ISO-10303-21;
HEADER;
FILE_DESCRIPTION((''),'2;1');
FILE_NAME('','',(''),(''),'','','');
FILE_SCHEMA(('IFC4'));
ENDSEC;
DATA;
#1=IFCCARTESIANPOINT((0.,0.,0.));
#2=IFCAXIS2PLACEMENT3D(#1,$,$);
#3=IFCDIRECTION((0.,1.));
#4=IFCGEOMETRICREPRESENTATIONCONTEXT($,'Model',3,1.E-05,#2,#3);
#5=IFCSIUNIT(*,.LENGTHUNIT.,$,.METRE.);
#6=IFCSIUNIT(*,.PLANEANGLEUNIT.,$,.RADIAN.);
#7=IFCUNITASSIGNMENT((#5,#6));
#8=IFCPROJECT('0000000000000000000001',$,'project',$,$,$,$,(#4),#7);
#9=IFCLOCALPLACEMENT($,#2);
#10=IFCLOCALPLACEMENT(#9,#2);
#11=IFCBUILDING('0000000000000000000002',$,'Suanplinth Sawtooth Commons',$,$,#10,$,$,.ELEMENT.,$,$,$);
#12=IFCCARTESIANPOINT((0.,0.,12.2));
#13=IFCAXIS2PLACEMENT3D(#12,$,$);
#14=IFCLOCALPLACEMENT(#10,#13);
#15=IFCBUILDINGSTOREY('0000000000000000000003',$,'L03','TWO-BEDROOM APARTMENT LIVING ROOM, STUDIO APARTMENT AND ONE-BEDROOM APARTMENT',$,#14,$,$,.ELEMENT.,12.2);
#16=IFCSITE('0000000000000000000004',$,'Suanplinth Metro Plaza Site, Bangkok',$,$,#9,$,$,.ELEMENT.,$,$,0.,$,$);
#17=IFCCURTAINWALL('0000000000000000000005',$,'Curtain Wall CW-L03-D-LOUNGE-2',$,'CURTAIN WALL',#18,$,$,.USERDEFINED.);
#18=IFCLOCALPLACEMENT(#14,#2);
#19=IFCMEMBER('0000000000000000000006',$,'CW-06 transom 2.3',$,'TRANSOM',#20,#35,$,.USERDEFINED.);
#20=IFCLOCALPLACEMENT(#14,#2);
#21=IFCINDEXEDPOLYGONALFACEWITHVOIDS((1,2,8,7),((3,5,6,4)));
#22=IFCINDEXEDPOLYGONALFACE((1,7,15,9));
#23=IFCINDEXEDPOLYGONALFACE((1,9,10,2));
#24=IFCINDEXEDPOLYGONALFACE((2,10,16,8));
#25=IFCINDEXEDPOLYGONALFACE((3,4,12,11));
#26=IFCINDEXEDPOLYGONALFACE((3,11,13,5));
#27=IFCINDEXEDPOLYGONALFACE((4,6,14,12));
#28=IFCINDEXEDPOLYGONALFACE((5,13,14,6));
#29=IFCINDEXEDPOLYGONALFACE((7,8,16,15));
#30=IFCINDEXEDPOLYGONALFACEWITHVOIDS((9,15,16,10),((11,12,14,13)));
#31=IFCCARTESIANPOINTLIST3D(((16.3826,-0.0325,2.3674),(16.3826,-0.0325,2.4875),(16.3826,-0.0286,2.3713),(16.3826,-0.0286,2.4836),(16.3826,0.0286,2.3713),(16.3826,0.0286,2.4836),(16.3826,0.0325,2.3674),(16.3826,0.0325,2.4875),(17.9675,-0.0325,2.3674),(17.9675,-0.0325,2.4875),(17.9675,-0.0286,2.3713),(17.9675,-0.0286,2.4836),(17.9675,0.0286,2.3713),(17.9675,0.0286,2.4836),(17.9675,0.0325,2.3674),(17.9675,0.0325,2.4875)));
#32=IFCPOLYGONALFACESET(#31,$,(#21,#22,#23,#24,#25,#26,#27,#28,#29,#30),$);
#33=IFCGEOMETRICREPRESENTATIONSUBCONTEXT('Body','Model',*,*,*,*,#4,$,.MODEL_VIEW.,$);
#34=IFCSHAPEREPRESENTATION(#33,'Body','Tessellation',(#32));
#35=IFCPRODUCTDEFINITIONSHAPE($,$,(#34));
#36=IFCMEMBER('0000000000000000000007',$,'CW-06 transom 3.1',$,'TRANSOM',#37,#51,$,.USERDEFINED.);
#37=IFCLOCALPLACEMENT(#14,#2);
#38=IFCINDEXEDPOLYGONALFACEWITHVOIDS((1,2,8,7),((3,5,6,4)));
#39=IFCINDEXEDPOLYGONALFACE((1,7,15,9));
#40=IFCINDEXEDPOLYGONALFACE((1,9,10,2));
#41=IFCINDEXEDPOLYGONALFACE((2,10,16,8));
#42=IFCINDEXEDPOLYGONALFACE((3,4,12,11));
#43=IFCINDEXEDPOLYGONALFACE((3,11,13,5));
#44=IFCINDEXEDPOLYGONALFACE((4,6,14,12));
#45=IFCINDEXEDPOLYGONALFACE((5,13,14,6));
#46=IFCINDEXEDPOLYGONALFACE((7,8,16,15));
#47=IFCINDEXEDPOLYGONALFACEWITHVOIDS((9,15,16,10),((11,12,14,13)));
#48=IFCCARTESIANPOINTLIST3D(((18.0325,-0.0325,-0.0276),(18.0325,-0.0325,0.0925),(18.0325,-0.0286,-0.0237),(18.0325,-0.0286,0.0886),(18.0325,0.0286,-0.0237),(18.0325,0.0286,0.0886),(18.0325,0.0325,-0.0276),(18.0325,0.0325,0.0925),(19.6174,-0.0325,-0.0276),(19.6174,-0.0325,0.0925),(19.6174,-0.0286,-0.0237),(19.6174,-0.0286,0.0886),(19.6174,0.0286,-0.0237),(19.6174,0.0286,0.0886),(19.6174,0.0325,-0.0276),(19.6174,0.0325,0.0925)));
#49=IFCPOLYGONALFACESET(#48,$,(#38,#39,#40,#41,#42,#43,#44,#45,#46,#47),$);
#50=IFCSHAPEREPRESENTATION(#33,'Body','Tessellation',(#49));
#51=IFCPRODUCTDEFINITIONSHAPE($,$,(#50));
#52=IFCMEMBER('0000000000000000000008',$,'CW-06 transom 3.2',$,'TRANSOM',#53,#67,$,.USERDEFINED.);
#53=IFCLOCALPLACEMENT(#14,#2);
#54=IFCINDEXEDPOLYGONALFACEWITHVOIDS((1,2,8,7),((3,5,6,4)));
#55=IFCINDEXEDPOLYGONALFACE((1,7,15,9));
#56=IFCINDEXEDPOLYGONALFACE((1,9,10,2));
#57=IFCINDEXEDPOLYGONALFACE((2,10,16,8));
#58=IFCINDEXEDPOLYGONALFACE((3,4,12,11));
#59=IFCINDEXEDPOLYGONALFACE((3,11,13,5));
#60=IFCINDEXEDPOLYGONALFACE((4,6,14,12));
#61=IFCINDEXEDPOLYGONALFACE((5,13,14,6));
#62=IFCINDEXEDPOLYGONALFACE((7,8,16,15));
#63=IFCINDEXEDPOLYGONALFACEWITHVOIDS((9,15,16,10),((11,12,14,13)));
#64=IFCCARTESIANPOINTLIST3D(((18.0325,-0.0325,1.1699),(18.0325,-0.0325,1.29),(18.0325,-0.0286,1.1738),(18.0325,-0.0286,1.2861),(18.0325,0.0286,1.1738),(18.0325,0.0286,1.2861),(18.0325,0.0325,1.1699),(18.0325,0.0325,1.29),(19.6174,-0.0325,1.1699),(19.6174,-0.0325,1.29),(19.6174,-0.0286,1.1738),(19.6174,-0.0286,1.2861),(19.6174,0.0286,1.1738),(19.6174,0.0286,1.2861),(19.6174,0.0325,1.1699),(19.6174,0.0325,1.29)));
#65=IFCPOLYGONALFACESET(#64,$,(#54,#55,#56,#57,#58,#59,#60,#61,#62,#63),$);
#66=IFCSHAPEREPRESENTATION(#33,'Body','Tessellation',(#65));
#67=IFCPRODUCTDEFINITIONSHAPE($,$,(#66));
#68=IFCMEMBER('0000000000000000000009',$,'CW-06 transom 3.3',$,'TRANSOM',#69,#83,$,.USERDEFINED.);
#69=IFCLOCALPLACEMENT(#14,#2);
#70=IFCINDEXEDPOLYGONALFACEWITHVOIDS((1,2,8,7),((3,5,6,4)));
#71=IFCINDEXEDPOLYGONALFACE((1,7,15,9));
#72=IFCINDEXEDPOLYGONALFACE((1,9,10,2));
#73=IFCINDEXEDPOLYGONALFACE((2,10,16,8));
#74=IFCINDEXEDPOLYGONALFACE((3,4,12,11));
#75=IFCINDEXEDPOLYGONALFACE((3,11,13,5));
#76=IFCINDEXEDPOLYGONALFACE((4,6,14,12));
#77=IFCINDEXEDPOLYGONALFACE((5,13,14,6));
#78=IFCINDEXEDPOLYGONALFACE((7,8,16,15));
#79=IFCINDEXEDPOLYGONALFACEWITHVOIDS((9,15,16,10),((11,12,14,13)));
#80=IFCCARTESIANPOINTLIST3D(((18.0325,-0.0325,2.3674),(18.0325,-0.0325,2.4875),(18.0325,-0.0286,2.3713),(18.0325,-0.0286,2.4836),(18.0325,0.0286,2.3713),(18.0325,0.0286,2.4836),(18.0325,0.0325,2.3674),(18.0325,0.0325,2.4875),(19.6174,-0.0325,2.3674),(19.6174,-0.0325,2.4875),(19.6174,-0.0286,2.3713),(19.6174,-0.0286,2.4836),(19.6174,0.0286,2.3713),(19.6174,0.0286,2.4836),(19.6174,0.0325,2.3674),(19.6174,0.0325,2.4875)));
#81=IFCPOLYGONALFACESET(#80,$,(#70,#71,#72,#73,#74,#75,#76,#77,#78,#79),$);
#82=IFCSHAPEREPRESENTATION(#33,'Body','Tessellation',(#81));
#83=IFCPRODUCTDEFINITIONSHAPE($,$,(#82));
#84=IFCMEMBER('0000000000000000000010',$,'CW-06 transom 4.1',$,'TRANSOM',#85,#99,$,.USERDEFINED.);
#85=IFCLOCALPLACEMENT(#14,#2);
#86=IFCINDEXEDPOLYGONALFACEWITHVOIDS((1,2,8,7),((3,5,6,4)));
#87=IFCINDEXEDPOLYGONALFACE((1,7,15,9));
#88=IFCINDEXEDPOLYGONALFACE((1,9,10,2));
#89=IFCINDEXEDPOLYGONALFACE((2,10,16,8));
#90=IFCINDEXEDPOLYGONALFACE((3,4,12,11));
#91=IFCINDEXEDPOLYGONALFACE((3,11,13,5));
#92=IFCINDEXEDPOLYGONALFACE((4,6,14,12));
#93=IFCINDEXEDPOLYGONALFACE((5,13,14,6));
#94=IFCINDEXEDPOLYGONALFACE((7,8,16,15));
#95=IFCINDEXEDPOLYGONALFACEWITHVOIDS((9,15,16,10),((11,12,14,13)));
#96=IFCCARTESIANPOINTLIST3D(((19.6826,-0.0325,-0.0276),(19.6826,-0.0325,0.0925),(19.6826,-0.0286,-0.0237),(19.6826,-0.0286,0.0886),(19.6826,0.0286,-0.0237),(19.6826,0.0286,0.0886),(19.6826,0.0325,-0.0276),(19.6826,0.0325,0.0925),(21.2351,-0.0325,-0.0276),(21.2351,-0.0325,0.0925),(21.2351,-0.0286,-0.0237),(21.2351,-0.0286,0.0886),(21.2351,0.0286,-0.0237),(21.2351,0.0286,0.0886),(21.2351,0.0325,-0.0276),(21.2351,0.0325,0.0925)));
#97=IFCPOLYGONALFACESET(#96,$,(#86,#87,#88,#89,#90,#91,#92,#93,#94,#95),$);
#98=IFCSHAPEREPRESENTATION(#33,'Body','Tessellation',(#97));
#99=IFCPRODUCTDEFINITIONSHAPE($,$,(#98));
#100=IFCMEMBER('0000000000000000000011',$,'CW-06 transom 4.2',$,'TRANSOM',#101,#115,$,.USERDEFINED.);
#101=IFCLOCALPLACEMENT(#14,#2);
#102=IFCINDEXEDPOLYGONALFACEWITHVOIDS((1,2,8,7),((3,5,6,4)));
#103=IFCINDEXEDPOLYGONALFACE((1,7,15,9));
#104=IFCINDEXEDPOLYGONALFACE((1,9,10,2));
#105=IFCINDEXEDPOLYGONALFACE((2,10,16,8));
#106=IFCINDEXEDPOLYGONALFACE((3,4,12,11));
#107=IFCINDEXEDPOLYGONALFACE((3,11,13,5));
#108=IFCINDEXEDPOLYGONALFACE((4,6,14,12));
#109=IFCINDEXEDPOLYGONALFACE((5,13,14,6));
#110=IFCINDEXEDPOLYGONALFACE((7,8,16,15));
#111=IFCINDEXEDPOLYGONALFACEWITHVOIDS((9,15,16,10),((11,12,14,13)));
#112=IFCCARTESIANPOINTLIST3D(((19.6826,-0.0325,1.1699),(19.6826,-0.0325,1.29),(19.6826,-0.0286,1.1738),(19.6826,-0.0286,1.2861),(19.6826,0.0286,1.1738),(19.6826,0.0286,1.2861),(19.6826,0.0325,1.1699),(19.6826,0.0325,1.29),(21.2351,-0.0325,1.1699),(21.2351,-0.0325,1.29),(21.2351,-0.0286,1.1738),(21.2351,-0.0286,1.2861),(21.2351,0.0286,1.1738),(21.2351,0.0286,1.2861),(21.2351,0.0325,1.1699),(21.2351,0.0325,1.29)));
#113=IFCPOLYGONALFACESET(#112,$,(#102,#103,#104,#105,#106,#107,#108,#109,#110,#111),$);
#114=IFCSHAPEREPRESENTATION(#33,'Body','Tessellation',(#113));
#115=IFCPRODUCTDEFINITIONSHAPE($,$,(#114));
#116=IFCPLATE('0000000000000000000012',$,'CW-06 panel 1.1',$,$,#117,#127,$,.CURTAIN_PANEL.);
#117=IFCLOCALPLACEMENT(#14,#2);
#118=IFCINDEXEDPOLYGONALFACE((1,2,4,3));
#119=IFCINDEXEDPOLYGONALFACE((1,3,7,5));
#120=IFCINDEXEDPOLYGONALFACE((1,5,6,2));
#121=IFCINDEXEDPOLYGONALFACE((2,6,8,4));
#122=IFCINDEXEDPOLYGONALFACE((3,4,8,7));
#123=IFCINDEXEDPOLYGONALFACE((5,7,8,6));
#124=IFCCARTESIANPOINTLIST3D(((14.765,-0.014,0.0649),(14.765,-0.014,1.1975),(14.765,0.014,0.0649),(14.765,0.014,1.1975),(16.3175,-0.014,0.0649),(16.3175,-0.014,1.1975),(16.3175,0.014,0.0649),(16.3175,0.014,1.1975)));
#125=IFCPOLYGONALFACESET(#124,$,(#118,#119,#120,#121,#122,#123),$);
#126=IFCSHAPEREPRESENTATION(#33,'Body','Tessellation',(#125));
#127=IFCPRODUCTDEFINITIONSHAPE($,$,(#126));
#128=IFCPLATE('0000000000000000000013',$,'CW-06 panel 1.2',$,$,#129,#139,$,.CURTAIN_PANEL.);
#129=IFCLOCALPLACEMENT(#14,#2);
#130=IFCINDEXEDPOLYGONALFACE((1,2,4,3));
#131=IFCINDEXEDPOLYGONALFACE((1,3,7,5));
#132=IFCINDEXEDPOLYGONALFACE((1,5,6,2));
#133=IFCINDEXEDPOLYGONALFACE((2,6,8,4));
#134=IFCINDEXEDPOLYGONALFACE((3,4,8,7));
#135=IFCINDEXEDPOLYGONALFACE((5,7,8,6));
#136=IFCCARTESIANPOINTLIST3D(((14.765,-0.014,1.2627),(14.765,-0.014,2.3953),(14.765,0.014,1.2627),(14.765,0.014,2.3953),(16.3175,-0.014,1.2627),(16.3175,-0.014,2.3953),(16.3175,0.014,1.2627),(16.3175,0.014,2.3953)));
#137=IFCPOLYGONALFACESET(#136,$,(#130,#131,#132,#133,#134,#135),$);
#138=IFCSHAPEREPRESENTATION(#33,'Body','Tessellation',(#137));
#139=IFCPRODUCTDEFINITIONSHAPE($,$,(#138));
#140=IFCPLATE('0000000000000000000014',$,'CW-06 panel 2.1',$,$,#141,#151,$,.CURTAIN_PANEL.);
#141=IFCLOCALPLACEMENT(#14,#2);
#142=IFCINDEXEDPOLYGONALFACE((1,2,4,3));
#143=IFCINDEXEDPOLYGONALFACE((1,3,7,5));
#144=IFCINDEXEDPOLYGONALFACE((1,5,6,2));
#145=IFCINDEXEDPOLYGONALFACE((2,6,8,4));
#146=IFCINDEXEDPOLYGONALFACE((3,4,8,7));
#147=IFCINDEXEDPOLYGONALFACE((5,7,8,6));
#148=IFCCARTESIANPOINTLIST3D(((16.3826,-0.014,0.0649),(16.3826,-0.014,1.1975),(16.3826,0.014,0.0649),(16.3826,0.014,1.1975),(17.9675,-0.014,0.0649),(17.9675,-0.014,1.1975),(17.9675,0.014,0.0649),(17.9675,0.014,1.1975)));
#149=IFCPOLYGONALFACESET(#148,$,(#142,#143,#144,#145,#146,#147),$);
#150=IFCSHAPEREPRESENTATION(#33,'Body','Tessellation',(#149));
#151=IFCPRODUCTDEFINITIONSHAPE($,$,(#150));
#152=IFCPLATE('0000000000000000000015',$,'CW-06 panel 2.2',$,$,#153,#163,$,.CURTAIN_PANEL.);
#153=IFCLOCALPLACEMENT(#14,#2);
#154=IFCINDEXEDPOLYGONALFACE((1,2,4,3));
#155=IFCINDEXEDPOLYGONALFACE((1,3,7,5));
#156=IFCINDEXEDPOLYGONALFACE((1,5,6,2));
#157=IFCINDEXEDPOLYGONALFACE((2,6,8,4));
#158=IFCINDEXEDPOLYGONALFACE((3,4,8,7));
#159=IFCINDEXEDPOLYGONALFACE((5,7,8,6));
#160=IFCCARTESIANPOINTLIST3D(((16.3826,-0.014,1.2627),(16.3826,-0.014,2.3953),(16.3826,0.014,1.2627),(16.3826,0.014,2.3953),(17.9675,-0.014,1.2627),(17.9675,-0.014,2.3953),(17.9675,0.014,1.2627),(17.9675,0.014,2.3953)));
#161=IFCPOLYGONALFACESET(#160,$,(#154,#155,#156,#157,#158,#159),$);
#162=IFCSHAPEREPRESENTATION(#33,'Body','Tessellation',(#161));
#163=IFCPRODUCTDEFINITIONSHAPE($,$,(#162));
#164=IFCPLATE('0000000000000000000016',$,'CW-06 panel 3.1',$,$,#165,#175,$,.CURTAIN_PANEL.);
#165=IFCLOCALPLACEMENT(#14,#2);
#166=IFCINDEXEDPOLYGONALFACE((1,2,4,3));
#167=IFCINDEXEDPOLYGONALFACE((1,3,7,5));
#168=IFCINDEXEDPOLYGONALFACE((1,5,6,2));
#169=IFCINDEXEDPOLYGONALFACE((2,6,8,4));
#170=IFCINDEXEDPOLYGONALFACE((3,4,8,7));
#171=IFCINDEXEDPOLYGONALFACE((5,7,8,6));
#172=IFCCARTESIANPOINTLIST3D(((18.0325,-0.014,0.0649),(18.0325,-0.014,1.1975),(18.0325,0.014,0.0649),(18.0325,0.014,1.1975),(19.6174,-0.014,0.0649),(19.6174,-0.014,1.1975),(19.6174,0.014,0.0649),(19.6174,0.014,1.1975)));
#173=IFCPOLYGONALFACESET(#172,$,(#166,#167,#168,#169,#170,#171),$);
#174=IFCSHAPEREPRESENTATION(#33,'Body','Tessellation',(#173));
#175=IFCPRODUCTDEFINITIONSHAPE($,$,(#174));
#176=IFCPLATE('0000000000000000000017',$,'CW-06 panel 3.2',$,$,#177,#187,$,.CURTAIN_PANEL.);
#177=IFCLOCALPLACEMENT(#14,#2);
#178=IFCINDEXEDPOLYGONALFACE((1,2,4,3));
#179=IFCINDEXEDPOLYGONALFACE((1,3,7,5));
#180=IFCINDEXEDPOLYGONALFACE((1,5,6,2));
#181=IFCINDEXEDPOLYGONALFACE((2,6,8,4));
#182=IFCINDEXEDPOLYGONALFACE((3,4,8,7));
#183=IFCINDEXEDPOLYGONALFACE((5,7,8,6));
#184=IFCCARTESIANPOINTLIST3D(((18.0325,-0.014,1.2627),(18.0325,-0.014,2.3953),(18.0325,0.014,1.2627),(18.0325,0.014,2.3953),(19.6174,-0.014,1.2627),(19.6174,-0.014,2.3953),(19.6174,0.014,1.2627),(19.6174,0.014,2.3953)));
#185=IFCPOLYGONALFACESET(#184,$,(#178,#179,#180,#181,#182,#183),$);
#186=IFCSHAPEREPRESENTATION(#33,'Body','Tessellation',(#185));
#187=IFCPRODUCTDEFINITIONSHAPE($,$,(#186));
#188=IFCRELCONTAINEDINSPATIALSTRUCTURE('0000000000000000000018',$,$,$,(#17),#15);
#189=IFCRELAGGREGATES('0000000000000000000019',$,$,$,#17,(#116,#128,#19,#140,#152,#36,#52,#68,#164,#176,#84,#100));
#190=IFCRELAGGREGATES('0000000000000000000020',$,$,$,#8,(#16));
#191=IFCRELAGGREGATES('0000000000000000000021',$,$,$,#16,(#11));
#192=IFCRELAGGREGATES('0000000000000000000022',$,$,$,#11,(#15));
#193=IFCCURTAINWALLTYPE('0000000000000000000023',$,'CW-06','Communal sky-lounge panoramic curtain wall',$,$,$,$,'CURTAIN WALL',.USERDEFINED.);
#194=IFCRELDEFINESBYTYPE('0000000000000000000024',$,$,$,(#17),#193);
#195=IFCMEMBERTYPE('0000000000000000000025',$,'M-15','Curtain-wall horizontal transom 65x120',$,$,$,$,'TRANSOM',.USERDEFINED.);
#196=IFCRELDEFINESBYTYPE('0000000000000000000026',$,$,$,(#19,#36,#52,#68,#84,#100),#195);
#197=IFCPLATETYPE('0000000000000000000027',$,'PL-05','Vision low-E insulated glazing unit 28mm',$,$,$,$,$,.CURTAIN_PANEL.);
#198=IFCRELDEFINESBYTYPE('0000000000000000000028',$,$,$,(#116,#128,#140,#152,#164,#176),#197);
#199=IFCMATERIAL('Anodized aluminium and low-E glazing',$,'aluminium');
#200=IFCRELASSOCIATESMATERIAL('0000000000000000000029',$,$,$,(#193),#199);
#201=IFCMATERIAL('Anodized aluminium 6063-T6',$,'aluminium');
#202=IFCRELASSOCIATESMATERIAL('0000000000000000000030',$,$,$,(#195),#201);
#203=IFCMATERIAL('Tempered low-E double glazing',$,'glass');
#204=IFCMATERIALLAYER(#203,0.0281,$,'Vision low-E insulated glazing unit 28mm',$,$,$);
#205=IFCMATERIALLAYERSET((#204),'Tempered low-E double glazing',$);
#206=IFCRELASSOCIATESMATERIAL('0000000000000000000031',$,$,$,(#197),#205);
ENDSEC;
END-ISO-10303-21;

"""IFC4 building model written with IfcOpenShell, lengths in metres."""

from ifc_helpers import new_model, si_unit, direction, frame, origin, origin_2d, place, context, subcontext, project, spatial, rectangle, hollow_rectangle, extrude, material, layer, layer_set, material_profile, profile_set, type_object, element, aggregate, save


model = new_model("IFC4")

# Units and contexts
model_context = context("Model", 3, precision=1e-05, world=origin(), true_north=direction((0.0, 1.0)))
body_context = subcontext(model_context, "Body", "Model", "MODEL_VIEW")
ifc_project = project(units=[si_unit("LENGTHUNIT", "METRE"), si_unit("PLANEANGLEUNIT", "RADIAN")], contexts=[model_context])

# Site, building, storey
site_placement = place(None, origin())
site = spatial("IfcSite", under=ifc_project, at=site_placement, Name="Suanplinth Metro Plaza Site, Bangkok", CompositionType="ELEMENT", RefElevation=0.0)
building_placement = place(site_placement, origin())
building = spatial("IfcBuilding", under=site, at=building_placement, Name="Suanplinth Sawtooth Commons", CompositionType="ELEMENT")
storey_placement = place(building_placement, frame((0.0, 0.0, 12.2)))
storey = spatial("IfcBuildingStorey", under=building, at=storey_placement, Name="L03", Description="TWO-BEDROOM APARTMENT LIVING ROOM, STUDIO APARTMENT AND ONE-BEDROOM APARTMENT", CompositionType="ELEMENT", Elevation=12.2)

# Curtain wall, members, plates
ifc_material_1 = material(Name="Anodized aluminium and low-E glazing", Category="aluminium")
curtain_wall_type = type_object("IfcCurtainWallType", Name="CW-06", Description="Communal sky-lounge panoramic curtain wall", ElementType="CURTAIN WALL", PredefinedType="USERDEFINED", material=ifc_material_1)
curtain_wall_placement = place(storey_placement, origin())
curtain_wall = element("IfcCurtainWall", 1, at=curtain_wall_placement, inside=storey, type_object=curtain_wall_type, Name="Curtain Wall CW-L03-D-LOUNGE-2", ObjectType="CURTAIN WALL", PredefinedType="USERDEFINED")
ifc_material_2 = material(Name="Anodized aluminium 6063-T6", Category="aluminium")
ifc_material_profile_1 = material_profile(ifc_material_2, hollow_rectangle(XDim=0.0649, YDim=0.1201, WallThickness=0.0039, at=origin_2d()), Name="ALU-TRN 65x120")
ifc_profile_set_1 = profile_set([ifc_material_profile_1], Name="Anodized aluminium 6063-T6")
member_type_1 = type_object("IfcMemberType", Name="M-15", Description="Curtain-wall horizontal transom 65x120", ElementType="TRANSOM", PredefinedType="USERDEFINED", material=ifc_profile_set_1)
member_1_placement = place(storey_placement, frame((16.3826, 0.0, 2.4275), z_axis=(1.0, 0.0, 0.0), x_axis=(0.0, 1.0, 0.0)))
member_1 = element("IfcMember", 2, at=member_1_placement, type_object=member_type_1, Name="CW-06 transom 2.3", ObjectType="TRANSOM", PredefinedType="USERDEFINED", context=body_context, shape_type="SweptSolid", body=[
    extrude(hollow_rectangle(XDim=0.0649, YDim=0.1201, WallThickness=0.0039, at=origin_2d()), origin(), (0.0, 0.0, 1.0), 1.585),
])
member_2_placement = place(storey_placement, frame((18.0325, 0.0, 0.0325), z_axis=(1.0, 0.0, 0.0), x_axis=(0.0, 1.0, 0.0)))
member_2 = element("IfcMember", 3, at=member_2_placement, type_object=member_type_1, Name="CW-06 transom 3.1", ObjectType="TRANSOM", PredefinedType="USERDEFINED", context=body_context, shape_type="SweptSolid", body=[
    extrude(hollow_rectangle(XDim=0.0649, YDim=0.1201, WallThickness=0.0039, at=origin_2d()), origin(), (0.0, 0.0, 1.0), 1.585),
])
member_3_placement = place(storey_placement, frame((18.0325, 0.0, 1.23), z_axis=(1.0, 0.0, 0.0), x_axis=(0.0, 1.0, 0.0)))
member_3 = element("IfcMember", 4, at=member_3_placement, type_object=member_type_1, Name="CW-06 transom 3.2", ObjectType="TRANSOM", PredefinedType="USERDEFINED", context=body_context, shape_type="SweptSolid", body=[
    extrude(hollow_rectangle(XDim=0.0649, YDim=0.1201, WallThickness=0.0039, at=origin_2d()), origin(), (0.0, 0.0, 1.0), 1.585),
])
member_4_placement = place(storey_placement, frame((18.0325, 0.0, 2.4275), z_axis=(1.0, 0.0, 0.0), x_axis=(0.0, 1.0, 0.0)))
member_4 = element("IfcMember", 5, at=member_4_placement, type_object=member_type_1, Name="CW-06 transom 3.3", ObjectType="TRANSOM", PredefinedType="USERDEFINED", context=body_context, shape_type="SweptSolid", body=[
    extrude(hollow_rectangle(XDim=0.0649, YDim=0.1201, WallThickness=0.0039, at=origin_2d()), origin(), (0.0, 0.0, 1.0), 1.585),
])
member_5_placement = place(storey_placement, frame((19.6826, 0.0, 0.0325), z_axis=(1.0, 0.0, 0.0), x_axis=(0.0, 1.0, 0.0)))
member_5 = element("IfcMember", 6, at=member_5_placement, type_object=member_type_1, Name="CW-06 transom 4.1", ObjectType="TRANSOM", PredefinedType="USERDEFINED", context=body_context, shape_type="SweptSolid", body=[
    extrude(hollow_rectangle(XDim=0.0649, YDim=0.1201, WallThickness=0.0039, at=origin_2d()), origin(), (0.0, 0.0, 1.0), 1.5525),
])
member_6_placement = place(storey_placement, frame((19.6826, 0.0, 1.23), z_axis=(1.0, 0.0, 0.0), x_axis=(0.0, 1.0, 0.0)))
member_6 = element("IfcMember", 7, at=member_6_placement, type_object=member_type_1, Name="CW-06 transom 4.2", ObjectType="TRANSOM", PredefinedType="USERDEFINED", context=body_context, shape_type="SweptSolid", body=[
    extrude(hollow_rectangle(XDim=0.0649, YDim=0.1201, WallThickness=0.0039, at=origin_2d()), origin(), (0.0, 0.0, 1.0), 1.5525),
])
ifc_material_3 = material(Name="Tempered low-E double glazing", Category="glass")
ifc_layer_1 = layer(ifc_material_3, 0.0281, Name="Vision low-E insulated glazing unit 28mm")
ifc_layer_set_1 = layer_set([ifc_layer_1], Name="Tempered low-E double glazing")
plate_type = type_object("IfcPlateType", Name="PL-05", Description="Vision low-E insulated glazing unit 28mm", PredefinedType="CURTAIN_PANEL", material=ifc_layer_set_1)
plate_1_placement = place(storey_placement, frame((15.5413, 0.0, 0.0649), z_axis=(0.0, 0.0, 1.0), x_axis=(1.0, 0.0, 0.0)))
plate_1 = element("IfcPlate", 8, at=plate_1_placement, type_object=plate_type, Name="CW-06 panel 1.1", PredefinedType="CURTAIN_PANEL", context=body_context, shape_type="SweptSolid", body=[
    extrude(rectangle(XDim=1.5525, YDim=0.0281, at=origin_2d()), origin(), (0.0, 0.0, 1.0), 1.1326),
])
plate_2_placement = place(storey_placement, frame((15.5413, 0.0, 1.2627), z_axis=(0.0, 0.0, 1.0), x_axis=(1.0, 0.0, 0.0)))
plate_2 = element("IfcPlate", 9, at=plate_2_placement, type_object=plate_type, Name="CW-06 panel 1.2", PredefinedType="CURTAIN_PANEL", context=body_context, shape_type="SweptSolid", body=[
    extrude(rectangle(XDim=1.5525, YDim=0.0281, at=origin_2d()), origin(), (0.0, 0.0, 1.0), 1.1326),
])
plate_3_placement = place(storey_placement, frame((17.175, 0.0, 0.0649), z_axis=(0.0, 0.0, 1.0), x_axis=(1.0, 0.0, 0.0)))
plate_3 = element("IfcPlate", 10, at=plate_3_placement, type_object=plate_type, Name="CW-06 panel 2.1", PredefinedType="CURTAIN_PANEL", context=body_context, shape_type="SweptSolid", body=[
    extrude(rectangle(XDim=1.585, YDim=0.0281, at=origin_2d()), origin(), (0.0, 0.0, 1.0), 1.1326),
])
plate_4_placement = place(storey_placement, frame((17.175, 0.0, 1.2627), z_axis=(0.0, 0.0, 1.0), x_axis=(1.0, 0.0, 0.0)))
plate_4 = element("IfcPlate", 11, at=plate_4_placement, type_object=plate_type, Name="CW-06 panel 2.2", PredefinedType="CURTAIN_PANEL", context=body_context, shape_type="SweptSolid", body=[
    extrude(rectangle(XDim=1.585, YDim=0.0281, at=origin_2d()), origin(), (0.0, 0.0, 1.0), 1.1326),
])
plate_5_placement = place(storey_placement, frame((18.825, 0.0, 0.0649), z_axis=(0.0, 0.0, 1.0), x_axis=(1.0, 0.0, 0.0)))
plate_5 = element("IfcPlate", 12, at=plate_5_placement, type_object=plate_type, Name="CW-06 panel 3.1", PredefinedType="CURTAIN_PANEL", context=body_context, shape_type="SweptSolid", body=[
    extrude(rectangle(XDim=1.585, YDim=0.0281, at=origin_2d()), origin(), (0.0, 0.0, 1.0), 1.1326),
])
plate_6_placement = place(storey_placement, frame((18.825, 0.0, 1.2627), z_axis=(0.0, 0.0, 1.0), x_axis=(1.0, 0.0, 0.0)))
plate_6 = element("IfcPlate", 13, at=plate_6_placement, type_object=plate_type, Name="CW-06 panel 3.2", PredefinedType="CURTAIN_PANEL", context=body_context, shape_type="SweptSolid", body=[
    extrude(rectangle(XDim=1.585, YDim=0.0281, at=origin_2d()), origin(), (0.0, 0.0, 1.0), 1.1326),
])
aggregate(curtain_wall, [plate_1, plate_2, member_1, plate_3, plate_4, member_2, member_3, member_4, plate_5, plate_6, member_5, member_6])

save(model, "model.ifc")
